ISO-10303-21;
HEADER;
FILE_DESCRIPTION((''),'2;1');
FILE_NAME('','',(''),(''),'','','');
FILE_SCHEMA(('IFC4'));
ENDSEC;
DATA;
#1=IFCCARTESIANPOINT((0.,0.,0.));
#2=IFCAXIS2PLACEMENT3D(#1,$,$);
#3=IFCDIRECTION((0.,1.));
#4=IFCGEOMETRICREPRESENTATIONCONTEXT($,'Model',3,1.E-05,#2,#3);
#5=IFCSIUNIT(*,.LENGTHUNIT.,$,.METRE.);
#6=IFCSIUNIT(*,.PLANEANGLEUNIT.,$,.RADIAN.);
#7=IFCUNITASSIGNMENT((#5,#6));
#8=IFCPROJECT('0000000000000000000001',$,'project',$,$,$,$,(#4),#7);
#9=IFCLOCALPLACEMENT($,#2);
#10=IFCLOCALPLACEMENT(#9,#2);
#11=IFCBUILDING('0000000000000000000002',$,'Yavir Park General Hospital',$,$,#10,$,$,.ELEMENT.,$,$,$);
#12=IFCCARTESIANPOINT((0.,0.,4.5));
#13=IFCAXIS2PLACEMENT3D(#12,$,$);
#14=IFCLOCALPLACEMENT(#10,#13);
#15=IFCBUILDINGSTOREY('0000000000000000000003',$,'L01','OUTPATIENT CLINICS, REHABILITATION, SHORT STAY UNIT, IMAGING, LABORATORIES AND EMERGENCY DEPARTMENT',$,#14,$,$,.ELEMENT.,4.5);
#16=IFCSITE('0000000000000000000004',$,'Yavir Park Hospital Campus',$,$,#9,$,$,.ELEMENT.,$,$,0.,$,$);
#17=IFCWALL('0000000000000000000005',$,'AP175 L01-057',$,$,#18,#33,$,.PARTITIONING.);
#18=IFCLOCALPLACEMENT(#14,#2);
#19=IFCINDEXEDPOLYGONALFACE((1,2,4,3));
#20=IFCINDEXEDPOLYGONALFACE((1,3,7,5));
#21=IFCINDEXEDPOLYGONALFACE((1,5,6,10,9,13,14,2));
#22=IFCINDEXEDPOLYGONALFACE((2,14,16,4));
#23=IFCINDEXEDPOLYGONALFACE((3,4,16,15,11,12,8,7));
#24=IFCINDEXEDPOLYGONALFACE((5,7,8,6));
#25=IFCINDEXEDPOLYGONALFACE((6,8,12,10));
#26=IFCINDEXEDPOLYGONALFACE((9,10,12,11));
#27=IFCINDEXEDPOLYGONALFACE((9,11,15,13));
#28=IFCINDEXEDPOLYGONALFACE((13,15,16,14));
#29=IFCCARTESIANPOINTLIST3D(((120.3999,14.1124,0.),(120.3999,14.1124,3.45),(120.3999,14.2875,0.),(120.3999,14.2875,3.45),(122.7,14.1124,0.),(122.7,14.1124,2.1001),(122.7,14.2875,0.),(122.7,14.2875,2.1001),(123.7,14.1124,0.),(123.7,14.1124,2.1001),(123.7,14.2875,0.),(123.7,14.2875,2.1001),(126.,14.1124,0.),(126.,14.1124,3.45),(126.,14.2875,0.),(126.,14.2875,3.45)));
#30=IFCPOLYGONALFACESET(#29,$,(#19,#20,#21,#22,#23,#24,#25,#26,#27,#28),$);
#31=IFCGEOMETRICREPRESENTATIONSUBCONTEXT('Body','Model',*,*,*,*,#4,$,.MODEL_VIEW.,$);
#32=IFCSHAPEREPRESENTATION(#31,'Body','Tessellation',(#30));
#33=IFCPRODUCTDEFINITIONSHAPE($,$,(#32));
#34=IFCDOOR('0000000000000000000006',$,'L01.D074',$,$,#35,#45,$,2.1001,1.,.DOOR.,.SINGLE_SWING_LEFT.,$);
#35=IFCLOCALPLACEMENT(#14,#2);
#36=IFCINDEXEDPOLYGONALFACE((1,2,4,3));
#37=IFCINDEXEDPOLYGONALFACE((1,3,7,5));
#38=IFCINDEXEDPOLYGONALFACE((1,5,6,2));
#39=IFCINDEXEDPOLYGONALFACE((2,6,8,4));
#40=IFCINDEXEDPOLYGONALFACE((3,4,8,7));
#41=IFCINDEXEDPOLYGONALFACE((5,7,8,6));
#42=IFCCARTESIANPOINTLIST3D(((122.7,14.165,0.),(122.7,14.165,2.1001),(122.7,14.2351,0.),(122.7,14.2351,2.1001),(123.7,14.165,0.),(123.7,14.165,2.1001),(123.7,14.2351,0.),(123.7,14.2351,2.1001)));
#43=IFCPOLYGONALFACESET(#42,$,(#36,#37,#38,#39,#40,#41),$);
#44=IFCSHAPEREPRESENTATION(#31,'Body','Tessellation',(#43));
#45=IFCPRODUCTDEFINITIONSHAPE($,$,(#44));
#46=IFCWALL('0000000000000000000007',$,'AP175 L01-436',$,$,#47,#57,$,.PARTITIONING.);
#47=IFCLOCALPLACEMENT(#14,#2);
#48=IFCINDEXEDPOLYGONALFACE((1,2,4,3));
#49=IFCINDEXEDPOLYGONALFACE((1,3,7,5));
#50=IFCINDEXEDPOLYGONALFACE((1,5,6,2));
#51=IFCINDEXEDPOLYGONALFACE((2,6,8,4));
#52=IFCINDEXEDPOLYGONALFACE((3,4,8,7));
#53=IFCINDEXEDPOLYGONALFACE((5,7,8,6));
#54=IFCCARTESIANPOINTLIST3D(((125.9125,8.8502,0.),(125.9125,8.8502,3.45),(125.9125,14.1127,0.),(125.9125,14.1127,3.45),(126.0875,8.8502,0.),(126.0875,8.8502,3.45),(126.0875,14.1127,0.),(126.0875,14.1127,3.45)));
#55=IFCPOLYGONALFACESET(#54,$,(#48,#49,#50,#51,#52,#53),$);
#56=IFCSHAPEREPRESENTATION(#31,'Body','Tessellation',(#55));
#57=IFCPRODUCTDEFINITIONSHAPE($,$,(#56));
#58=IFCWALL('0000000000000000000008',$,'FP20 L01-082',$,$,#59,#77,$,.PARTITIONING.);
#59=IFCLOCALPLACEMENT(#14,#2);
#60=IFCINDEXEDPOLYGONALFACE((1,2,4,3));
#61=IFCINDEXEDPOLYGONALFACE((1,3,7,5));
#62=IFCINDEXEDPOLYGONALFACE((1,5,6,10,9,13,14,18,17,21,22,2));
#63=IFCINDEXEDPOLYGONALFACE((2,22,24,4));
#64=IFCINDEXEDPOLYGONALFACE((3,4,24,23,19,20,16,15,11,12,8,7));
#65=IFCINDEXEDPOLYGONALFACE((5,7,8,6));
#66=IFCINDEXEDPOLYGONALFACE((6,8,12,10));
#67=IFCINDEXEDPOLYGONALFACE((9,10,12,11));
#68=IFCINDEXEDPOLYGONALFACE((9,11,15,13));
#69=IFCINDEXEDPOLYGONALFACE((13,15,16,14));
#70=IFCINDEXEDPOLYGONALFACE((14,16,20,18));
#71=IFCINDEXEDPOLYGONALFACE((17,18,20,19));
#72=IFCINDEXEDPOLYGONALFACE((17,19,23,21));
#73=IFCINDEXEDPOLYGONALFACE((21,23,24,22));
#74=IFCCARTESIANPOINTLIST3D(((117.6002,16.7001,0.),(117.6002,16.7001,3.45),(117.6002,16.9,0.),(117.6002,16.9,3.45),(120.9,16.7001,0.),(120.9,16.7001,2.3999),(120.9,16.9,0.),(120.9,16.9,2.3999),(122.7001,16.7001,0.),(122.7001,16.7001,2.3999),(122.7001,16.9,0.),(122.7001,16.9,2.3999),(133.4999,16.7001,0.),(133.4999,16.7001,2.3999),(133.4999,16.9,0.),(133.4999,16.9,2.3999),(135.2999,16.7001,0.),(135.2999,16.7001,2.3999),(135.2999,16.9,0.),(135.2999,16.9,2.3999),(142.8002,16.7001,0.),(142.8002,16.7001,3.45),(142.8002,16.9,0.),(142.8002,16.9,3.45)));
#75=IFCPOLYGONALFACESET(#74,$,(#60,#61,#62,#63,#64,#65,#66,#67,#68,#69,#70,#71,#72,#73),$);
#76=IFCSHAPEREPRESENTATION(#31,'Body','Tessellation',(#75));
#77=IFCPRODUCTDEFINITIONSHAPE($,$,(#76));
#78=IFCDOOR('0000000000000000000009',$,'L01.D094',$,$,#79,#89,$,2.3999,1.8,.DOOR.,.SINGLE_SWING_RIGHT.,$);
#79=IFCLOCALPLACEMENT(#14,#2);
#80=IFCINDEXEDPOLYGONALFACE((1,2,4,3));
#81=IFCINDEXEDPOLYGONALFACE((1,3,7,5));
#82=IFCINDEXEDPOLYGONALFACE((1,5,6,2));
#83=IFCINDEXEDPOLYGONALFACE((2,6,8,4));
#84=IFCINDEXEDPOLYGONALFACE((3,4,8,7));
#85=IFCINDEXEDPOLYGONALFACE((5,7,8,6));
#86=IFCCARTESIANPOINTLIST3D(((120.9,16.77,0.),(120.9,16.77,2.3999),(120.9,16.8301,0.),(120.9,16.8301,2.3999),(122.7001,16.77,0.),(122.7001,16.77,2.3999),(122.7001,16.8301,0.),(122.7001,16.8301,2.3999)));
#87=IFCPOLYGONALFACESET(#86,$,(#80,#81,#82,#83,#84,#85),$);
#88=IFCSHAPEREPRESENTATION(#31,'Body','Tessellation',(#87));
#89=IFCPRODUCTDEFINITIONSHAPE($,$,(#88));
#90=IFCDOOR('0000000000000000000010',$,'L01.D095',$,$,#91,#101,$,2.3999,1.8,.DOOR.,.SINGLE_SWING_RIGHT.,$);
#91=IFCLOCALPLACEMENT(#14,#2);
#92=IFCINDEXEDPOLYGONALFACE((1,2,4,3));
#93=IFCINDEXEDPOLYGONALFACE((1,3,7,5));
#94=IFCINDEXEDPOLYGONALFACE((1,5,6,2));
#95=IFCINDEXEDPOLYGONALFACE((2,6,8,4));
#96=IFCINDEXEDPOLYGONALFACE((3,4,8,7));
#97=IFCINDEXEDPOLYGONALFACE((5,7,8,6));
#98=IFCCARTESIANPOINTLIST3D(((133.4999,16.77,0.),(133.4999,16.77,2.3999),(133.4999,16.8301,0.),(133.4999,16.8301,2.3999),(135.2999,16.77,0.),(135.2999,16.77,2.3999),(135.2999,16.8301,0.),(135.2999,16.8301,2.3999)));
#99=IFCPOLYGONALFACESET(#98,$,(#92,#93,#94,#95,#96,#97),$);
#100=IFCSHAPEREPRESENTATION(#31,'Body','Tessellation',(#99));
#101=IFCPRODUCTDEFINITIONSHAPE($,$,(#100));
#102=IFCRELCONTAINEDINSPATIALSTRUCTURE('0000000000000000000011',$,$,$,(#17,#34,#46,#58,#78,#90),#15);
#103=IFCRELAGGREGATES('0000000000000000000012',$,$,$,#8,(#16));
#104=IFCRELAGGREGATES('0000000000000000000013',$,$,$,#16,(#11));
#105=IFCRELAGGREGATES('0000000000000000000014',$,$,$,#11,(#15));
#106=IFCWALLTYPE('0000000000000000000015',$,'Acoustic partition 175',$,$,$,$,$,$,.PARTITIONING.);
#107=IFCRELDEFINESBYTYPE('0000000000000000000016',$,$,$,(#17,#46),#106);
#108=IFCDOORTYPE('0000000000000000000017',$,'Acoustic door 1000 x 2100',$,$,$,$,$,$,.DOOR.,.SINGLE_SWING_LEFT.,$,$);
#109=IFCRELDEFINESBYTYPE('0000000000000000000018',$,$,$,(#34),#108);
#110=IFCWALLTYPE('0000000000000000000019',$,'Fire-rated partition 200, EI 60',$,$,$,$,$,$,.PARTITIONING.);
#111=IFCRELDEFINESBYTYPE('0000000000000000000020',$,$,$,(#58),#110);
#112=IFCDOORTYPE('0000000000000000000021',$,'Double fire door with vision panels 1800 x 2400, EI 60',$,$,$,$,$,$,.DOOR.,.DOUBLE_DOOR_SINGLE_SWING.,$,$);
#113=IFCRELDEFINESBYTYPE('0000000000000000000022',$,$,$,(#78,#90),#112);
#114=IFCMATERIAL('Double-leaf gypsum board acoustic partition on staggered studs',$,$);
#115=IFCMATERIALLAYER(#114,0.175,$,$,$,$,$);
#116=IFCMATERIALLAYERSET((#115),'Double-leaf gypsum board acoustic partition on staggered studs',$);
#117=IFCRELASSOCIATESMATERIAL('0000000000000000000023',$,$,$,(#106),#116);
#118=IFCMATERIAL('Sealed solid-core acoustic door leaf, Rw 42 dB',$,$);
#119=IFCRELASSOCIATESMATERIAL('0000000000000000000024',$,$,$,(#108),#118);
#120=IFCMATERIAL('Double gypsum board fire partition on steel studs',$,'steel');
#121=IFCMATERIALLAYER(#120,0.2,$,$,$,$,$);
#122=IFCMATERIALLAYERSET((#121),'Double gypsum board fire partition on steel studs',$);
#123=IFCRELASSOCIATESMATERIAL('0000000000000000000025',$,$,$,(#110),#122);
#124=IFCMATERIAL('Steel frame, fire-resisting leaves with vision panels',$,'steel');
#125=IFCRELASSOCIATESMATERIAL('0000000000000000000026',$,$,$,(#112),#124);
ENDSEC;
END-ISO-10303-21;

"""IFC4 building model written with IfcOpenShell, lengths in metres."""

from ifc_helpers import new_model, si_unit, direction, frame, frame_2d, origin, place, context, subcontext, project, spatial, rectangle, extrude, material, layer, layer_set, type_object, element, fill, save


model = new_model("IFC4")

# Units and contexts
model_context = context("Model", 3, precision=1e-05, world=origin(), true_north=direction((0.0, 1.0)))
body_context = subcontext(model_context, "Body", "Model", "MODEL_VIEW")
ifc_project = project(units=[si_unit("LENGTHUNIT", "METRE"), si_unit("PLANEANGLEUNIT", "RADIAN")], contexts=[model_context])

# Site, building, storey
site_placement = place(None, origin())
site = spatial("IfcSite", under=ifc_project, at=site_placement, Name="Yavir Park Hospital Campus", CompositionType="ELEMENT", RefElevation=0.0)
building_placement = place(site_placement, origin())
building = spatial("IfcBuilding", under=site, at=building_placement, Name="Yavir Park General Hospital", CompositionType="ELEMENT")
storey_placement = place(building_placement, frame((0.0, 0.0, 4.5)))
storey = spatial("IfcBuildingStorey", under=building, at=storey_placement, Name="L01", Description="OUTPATIENT CLINICS, REHABILITATION, SHORT STAY UNIT, IMAGING, LABORATORIES AND EMERGENCY DEPARTMENT", CompositionType="ELEMENT", Elevation=4.5)

# Wall, opening, door
ifc_material_1 = material(Name="Double-leaf gypsum board acoustic partition on staggered studs")
ifc_layer_1 = layer(ifc_material_1, 0.175)
ifc_layer_set_1 = layer_set([ifc_layer_1], Name="Double-leaf gypsum board acoustic partition on staggered studs")
wall_type_1 = type_object("IfcWallType", Name="Acoustic partition 175", PredefinedType="PARTITIONING", material=ifc_layer_set_1)
wall_1_placement = place(storey_placement, frame((120.3999, 14.2, 0.0), z_axis=(0.0, 0.0, 1.0), x_axis=(1.0, 0.0, 0.0)))
wall_1 = element("IfcWall", 1, at=wall_1_placement, inside=storey, type_object=wall_type_1, Name="AP175 L01-057", PredefinedType="PARTITIONING", context=body_context, shape_type="SweptSolid", body=[
    extrude(rectangle(XDim=5.6001, YDim=0.175, at=frame_2d((2.8, 0.0))), origin(), (0.0, 0.0, 1.0), 3.45),
])
opening_1_placement = place(wall_1_placement, frame((2.3, 0.0, 0.0)))
opening_1 = element("IfcOpeningElement", 2, at=opening_1_placement, cuts=wall_1, PredefinedType="OPENING", context=body_context, shape_type="SweptSolid", body=[
    extrude(rectangle(XDim=1.0, YDim=2.1001, at=frame_2d((0.5, 1.05))), frame((0.0, 0.0974, 0.0), z_axis=(0.0, -1.0, 0.0), x_axis=(1.0, 0.0, 0.0)), (0.0, 0.0, 1.0), 0.1951),
])
ifc_material_2 = material(Name="Sealed solid-core acoustic door leaf, Rw 42 dB")
door_type_1 = type_object("IfcDoorType", Name="Acoustic door 1000 x 2100", OperationType="SINGLE_SWING_LEFT", PredefinedType="DOOR", material=ifc_material_2)
door_1_placement = place(opening_1_placement, origin())
door_1 = element("IfcDoor", 3, at=door_1_placement, inside=storey, type_object=door_type_1, Name="L01.D074", OperationType="SINGLE_SWING_LEFT", OverallHeight=2.1001, OverallWidth=1.0, PredefinedType="DOOR", context=body_context, shape_type="SweptSolid", body=[
    extrude(rectangle(XDim=1.0, YDim=2.1001, at=frame_2d((0.5, 1.05))), frame((0.0, 0.0352, 0.0), z_axis=(0.0, -1.0, 0.0), x_axis=(1.0, 0.0, 0.0)), (0.0, 0.0, 1.0), 0.0701),
])
fill(opening_1, door_1)

# Wall
wall_2_placement = place(storey_placement, frame((126.0, 8.8501, 0.0), z_axis=(0.0, 0.0, 1.0), x_axis=(0.0, 1.0, 0.0)))
element("IfcWall", 4, at=wall_2_placement, inside=storey, type_object=wall_type_1, Name="AP175 L01-436", PredefinedType="PARTITIONING", context=body_context, shape_type="SweptSolid", body=[
    extrude(rectangle(XDim=5.2625, YDim=0.175, at=frame_2d((2.6313, 0.0))), origin(), (0.0, 0.0, 1.0), 3.45),
])

# Wall, openings, doors
ifc_material_3 = material(Name="Double gypsum board fire partition on steel studs", Category="steel")
ifc_layer_2 = layer(ifc_material_3, 0.2)
ifc_layer_set_2 = layer_set([ifc_layer_2], Name="Double gypsum board fire partition on steel studs")
wall_type_2 = type_object("IfcWallType", Name="Fire-rated partition 200, EI 60", PredefinedType="PARTITIONING", material=ifc_layer_set_2)
wall_3_placement = place(storey_placement, frame((117.6001, 16.8, 0.0), z_axis=(0.0, 0.0, 1.0), x_axis=(1.0, 0.0, 0.0)))
wall_3 = element("IfcWall", 5, at=wall_3_placement, inside=storey, type_object=wall_type_2, Name="FP20 L01-082", PredefinedType="PARTITIONING", context=body_context, shape_type="SweptSolid", body=[
    extrude(rectangle(XDim=25.2, YDim=0.2, at=frame_2d((12.6001, 0.0))), origin(), (0.0, 0.0, 1.0), 3.45),
])
opening_2_placement = place(wall_3_placement, frame((3.3, 0.0, 0.0)))
opening_2 = element("IfcOpeningElement", 6, at=opening_2_placement, cuts=wall_3, PredefinedType="OPENING", context=body_context, shape_type="SweptSolid", body=[
    extrude(rectangle(XDim=1.8, YDim=2.3999, at=frame_2d((0.8999, 1.2))), frame((0.0, 0.1099, 0.0), z_axis=(0.0, -1.0, 0.0), x_axis=(1.0, 0.0, 0.0)), (0.0, 0.0, 1.0), 0.22),
])
opening_3_placement = place(wall_3_placement, frame((15.8999, 0.0, 0.0)))
opening_3 = element("IfcOpeningElement", 7, at=opening_3_placement, cuts=wall_3, PredefinedType="OPENING", context=body_context, shape_type="SweptSolid", body=[
    extrude(rectangle(XDim=1.8, YDim=2.3999, at=frame_2d((0.8999, 1.2))), frame((0.0, 0.1099, 0.0), z_axis=(0.0, -1.0, 0.0), x_axis=(1.0, 0.0, 0.0)), (0.0, 0.0, 1.0), 0.22),
])
ifc_material_4 = material(Name="Steel frame, fire-resisting leaves with vision panels", Category="steel")
door_type_2 = type_object("IfcDoorType", Name="Double fire door with vision panels 1800 x 2400, EI 60", OperationType="DOUBLE_DOOR_SINGLE_SWING", PredefinedType="DOOR", material=ifc_material_4)
door_2_placement = place(opening_2_placement, origin())
door_2 = element("IfcDoor", 8, at=door_2_placement, inside=storey, type_object=door_type_2, Name="L01.D094", OperationType="SINGLE_SWING_RIGHT", OverallHeight=2.3999, OverallWidth=1.8, PredefinedType="DOOR", context=body_context, shape_type="SweptSolid", body=[
    extrude(rectangle(XDim=1.8, YDim=2.3999, at=frame_2d((0.8999, 1.2))), frame((0.0, 0.03, 0.0), z_axis=(0.0, -1.0, 0.0), x_axis=(1.0, 0.0, 0.0)), (0.0, 0.0, 1.0), 0.0601),
])
fill(opening_2, door_2)
door_3_placement = place(opening_3_placement, origin())
door_3 = element("IfcDoor", 9, at=door_3_placement, inside=storey, type_object=door_type_2, Name="L01.D095", OperationType="SINGLE_SWING_RIGHT", OverallHeight=2.3999, OverallWidth=1.8, PredefinedType="DOOR", context=body_context, shape_type="SweptSolid", body=[
    extrude(rectangle(XDim=1.8, YDim=2.3999, at=frame_2d((0.8999, 1.2))), frame((0.0, 0.03, 0.0), z_axis=(0.0, -1.0, 0.0), x_axis=(1.0, 0.0, 0.0)), (0.0, 0.0, 1.0), 0.0601),
])
fill(opening_3, door_3)

save(model, "model.ifc")
